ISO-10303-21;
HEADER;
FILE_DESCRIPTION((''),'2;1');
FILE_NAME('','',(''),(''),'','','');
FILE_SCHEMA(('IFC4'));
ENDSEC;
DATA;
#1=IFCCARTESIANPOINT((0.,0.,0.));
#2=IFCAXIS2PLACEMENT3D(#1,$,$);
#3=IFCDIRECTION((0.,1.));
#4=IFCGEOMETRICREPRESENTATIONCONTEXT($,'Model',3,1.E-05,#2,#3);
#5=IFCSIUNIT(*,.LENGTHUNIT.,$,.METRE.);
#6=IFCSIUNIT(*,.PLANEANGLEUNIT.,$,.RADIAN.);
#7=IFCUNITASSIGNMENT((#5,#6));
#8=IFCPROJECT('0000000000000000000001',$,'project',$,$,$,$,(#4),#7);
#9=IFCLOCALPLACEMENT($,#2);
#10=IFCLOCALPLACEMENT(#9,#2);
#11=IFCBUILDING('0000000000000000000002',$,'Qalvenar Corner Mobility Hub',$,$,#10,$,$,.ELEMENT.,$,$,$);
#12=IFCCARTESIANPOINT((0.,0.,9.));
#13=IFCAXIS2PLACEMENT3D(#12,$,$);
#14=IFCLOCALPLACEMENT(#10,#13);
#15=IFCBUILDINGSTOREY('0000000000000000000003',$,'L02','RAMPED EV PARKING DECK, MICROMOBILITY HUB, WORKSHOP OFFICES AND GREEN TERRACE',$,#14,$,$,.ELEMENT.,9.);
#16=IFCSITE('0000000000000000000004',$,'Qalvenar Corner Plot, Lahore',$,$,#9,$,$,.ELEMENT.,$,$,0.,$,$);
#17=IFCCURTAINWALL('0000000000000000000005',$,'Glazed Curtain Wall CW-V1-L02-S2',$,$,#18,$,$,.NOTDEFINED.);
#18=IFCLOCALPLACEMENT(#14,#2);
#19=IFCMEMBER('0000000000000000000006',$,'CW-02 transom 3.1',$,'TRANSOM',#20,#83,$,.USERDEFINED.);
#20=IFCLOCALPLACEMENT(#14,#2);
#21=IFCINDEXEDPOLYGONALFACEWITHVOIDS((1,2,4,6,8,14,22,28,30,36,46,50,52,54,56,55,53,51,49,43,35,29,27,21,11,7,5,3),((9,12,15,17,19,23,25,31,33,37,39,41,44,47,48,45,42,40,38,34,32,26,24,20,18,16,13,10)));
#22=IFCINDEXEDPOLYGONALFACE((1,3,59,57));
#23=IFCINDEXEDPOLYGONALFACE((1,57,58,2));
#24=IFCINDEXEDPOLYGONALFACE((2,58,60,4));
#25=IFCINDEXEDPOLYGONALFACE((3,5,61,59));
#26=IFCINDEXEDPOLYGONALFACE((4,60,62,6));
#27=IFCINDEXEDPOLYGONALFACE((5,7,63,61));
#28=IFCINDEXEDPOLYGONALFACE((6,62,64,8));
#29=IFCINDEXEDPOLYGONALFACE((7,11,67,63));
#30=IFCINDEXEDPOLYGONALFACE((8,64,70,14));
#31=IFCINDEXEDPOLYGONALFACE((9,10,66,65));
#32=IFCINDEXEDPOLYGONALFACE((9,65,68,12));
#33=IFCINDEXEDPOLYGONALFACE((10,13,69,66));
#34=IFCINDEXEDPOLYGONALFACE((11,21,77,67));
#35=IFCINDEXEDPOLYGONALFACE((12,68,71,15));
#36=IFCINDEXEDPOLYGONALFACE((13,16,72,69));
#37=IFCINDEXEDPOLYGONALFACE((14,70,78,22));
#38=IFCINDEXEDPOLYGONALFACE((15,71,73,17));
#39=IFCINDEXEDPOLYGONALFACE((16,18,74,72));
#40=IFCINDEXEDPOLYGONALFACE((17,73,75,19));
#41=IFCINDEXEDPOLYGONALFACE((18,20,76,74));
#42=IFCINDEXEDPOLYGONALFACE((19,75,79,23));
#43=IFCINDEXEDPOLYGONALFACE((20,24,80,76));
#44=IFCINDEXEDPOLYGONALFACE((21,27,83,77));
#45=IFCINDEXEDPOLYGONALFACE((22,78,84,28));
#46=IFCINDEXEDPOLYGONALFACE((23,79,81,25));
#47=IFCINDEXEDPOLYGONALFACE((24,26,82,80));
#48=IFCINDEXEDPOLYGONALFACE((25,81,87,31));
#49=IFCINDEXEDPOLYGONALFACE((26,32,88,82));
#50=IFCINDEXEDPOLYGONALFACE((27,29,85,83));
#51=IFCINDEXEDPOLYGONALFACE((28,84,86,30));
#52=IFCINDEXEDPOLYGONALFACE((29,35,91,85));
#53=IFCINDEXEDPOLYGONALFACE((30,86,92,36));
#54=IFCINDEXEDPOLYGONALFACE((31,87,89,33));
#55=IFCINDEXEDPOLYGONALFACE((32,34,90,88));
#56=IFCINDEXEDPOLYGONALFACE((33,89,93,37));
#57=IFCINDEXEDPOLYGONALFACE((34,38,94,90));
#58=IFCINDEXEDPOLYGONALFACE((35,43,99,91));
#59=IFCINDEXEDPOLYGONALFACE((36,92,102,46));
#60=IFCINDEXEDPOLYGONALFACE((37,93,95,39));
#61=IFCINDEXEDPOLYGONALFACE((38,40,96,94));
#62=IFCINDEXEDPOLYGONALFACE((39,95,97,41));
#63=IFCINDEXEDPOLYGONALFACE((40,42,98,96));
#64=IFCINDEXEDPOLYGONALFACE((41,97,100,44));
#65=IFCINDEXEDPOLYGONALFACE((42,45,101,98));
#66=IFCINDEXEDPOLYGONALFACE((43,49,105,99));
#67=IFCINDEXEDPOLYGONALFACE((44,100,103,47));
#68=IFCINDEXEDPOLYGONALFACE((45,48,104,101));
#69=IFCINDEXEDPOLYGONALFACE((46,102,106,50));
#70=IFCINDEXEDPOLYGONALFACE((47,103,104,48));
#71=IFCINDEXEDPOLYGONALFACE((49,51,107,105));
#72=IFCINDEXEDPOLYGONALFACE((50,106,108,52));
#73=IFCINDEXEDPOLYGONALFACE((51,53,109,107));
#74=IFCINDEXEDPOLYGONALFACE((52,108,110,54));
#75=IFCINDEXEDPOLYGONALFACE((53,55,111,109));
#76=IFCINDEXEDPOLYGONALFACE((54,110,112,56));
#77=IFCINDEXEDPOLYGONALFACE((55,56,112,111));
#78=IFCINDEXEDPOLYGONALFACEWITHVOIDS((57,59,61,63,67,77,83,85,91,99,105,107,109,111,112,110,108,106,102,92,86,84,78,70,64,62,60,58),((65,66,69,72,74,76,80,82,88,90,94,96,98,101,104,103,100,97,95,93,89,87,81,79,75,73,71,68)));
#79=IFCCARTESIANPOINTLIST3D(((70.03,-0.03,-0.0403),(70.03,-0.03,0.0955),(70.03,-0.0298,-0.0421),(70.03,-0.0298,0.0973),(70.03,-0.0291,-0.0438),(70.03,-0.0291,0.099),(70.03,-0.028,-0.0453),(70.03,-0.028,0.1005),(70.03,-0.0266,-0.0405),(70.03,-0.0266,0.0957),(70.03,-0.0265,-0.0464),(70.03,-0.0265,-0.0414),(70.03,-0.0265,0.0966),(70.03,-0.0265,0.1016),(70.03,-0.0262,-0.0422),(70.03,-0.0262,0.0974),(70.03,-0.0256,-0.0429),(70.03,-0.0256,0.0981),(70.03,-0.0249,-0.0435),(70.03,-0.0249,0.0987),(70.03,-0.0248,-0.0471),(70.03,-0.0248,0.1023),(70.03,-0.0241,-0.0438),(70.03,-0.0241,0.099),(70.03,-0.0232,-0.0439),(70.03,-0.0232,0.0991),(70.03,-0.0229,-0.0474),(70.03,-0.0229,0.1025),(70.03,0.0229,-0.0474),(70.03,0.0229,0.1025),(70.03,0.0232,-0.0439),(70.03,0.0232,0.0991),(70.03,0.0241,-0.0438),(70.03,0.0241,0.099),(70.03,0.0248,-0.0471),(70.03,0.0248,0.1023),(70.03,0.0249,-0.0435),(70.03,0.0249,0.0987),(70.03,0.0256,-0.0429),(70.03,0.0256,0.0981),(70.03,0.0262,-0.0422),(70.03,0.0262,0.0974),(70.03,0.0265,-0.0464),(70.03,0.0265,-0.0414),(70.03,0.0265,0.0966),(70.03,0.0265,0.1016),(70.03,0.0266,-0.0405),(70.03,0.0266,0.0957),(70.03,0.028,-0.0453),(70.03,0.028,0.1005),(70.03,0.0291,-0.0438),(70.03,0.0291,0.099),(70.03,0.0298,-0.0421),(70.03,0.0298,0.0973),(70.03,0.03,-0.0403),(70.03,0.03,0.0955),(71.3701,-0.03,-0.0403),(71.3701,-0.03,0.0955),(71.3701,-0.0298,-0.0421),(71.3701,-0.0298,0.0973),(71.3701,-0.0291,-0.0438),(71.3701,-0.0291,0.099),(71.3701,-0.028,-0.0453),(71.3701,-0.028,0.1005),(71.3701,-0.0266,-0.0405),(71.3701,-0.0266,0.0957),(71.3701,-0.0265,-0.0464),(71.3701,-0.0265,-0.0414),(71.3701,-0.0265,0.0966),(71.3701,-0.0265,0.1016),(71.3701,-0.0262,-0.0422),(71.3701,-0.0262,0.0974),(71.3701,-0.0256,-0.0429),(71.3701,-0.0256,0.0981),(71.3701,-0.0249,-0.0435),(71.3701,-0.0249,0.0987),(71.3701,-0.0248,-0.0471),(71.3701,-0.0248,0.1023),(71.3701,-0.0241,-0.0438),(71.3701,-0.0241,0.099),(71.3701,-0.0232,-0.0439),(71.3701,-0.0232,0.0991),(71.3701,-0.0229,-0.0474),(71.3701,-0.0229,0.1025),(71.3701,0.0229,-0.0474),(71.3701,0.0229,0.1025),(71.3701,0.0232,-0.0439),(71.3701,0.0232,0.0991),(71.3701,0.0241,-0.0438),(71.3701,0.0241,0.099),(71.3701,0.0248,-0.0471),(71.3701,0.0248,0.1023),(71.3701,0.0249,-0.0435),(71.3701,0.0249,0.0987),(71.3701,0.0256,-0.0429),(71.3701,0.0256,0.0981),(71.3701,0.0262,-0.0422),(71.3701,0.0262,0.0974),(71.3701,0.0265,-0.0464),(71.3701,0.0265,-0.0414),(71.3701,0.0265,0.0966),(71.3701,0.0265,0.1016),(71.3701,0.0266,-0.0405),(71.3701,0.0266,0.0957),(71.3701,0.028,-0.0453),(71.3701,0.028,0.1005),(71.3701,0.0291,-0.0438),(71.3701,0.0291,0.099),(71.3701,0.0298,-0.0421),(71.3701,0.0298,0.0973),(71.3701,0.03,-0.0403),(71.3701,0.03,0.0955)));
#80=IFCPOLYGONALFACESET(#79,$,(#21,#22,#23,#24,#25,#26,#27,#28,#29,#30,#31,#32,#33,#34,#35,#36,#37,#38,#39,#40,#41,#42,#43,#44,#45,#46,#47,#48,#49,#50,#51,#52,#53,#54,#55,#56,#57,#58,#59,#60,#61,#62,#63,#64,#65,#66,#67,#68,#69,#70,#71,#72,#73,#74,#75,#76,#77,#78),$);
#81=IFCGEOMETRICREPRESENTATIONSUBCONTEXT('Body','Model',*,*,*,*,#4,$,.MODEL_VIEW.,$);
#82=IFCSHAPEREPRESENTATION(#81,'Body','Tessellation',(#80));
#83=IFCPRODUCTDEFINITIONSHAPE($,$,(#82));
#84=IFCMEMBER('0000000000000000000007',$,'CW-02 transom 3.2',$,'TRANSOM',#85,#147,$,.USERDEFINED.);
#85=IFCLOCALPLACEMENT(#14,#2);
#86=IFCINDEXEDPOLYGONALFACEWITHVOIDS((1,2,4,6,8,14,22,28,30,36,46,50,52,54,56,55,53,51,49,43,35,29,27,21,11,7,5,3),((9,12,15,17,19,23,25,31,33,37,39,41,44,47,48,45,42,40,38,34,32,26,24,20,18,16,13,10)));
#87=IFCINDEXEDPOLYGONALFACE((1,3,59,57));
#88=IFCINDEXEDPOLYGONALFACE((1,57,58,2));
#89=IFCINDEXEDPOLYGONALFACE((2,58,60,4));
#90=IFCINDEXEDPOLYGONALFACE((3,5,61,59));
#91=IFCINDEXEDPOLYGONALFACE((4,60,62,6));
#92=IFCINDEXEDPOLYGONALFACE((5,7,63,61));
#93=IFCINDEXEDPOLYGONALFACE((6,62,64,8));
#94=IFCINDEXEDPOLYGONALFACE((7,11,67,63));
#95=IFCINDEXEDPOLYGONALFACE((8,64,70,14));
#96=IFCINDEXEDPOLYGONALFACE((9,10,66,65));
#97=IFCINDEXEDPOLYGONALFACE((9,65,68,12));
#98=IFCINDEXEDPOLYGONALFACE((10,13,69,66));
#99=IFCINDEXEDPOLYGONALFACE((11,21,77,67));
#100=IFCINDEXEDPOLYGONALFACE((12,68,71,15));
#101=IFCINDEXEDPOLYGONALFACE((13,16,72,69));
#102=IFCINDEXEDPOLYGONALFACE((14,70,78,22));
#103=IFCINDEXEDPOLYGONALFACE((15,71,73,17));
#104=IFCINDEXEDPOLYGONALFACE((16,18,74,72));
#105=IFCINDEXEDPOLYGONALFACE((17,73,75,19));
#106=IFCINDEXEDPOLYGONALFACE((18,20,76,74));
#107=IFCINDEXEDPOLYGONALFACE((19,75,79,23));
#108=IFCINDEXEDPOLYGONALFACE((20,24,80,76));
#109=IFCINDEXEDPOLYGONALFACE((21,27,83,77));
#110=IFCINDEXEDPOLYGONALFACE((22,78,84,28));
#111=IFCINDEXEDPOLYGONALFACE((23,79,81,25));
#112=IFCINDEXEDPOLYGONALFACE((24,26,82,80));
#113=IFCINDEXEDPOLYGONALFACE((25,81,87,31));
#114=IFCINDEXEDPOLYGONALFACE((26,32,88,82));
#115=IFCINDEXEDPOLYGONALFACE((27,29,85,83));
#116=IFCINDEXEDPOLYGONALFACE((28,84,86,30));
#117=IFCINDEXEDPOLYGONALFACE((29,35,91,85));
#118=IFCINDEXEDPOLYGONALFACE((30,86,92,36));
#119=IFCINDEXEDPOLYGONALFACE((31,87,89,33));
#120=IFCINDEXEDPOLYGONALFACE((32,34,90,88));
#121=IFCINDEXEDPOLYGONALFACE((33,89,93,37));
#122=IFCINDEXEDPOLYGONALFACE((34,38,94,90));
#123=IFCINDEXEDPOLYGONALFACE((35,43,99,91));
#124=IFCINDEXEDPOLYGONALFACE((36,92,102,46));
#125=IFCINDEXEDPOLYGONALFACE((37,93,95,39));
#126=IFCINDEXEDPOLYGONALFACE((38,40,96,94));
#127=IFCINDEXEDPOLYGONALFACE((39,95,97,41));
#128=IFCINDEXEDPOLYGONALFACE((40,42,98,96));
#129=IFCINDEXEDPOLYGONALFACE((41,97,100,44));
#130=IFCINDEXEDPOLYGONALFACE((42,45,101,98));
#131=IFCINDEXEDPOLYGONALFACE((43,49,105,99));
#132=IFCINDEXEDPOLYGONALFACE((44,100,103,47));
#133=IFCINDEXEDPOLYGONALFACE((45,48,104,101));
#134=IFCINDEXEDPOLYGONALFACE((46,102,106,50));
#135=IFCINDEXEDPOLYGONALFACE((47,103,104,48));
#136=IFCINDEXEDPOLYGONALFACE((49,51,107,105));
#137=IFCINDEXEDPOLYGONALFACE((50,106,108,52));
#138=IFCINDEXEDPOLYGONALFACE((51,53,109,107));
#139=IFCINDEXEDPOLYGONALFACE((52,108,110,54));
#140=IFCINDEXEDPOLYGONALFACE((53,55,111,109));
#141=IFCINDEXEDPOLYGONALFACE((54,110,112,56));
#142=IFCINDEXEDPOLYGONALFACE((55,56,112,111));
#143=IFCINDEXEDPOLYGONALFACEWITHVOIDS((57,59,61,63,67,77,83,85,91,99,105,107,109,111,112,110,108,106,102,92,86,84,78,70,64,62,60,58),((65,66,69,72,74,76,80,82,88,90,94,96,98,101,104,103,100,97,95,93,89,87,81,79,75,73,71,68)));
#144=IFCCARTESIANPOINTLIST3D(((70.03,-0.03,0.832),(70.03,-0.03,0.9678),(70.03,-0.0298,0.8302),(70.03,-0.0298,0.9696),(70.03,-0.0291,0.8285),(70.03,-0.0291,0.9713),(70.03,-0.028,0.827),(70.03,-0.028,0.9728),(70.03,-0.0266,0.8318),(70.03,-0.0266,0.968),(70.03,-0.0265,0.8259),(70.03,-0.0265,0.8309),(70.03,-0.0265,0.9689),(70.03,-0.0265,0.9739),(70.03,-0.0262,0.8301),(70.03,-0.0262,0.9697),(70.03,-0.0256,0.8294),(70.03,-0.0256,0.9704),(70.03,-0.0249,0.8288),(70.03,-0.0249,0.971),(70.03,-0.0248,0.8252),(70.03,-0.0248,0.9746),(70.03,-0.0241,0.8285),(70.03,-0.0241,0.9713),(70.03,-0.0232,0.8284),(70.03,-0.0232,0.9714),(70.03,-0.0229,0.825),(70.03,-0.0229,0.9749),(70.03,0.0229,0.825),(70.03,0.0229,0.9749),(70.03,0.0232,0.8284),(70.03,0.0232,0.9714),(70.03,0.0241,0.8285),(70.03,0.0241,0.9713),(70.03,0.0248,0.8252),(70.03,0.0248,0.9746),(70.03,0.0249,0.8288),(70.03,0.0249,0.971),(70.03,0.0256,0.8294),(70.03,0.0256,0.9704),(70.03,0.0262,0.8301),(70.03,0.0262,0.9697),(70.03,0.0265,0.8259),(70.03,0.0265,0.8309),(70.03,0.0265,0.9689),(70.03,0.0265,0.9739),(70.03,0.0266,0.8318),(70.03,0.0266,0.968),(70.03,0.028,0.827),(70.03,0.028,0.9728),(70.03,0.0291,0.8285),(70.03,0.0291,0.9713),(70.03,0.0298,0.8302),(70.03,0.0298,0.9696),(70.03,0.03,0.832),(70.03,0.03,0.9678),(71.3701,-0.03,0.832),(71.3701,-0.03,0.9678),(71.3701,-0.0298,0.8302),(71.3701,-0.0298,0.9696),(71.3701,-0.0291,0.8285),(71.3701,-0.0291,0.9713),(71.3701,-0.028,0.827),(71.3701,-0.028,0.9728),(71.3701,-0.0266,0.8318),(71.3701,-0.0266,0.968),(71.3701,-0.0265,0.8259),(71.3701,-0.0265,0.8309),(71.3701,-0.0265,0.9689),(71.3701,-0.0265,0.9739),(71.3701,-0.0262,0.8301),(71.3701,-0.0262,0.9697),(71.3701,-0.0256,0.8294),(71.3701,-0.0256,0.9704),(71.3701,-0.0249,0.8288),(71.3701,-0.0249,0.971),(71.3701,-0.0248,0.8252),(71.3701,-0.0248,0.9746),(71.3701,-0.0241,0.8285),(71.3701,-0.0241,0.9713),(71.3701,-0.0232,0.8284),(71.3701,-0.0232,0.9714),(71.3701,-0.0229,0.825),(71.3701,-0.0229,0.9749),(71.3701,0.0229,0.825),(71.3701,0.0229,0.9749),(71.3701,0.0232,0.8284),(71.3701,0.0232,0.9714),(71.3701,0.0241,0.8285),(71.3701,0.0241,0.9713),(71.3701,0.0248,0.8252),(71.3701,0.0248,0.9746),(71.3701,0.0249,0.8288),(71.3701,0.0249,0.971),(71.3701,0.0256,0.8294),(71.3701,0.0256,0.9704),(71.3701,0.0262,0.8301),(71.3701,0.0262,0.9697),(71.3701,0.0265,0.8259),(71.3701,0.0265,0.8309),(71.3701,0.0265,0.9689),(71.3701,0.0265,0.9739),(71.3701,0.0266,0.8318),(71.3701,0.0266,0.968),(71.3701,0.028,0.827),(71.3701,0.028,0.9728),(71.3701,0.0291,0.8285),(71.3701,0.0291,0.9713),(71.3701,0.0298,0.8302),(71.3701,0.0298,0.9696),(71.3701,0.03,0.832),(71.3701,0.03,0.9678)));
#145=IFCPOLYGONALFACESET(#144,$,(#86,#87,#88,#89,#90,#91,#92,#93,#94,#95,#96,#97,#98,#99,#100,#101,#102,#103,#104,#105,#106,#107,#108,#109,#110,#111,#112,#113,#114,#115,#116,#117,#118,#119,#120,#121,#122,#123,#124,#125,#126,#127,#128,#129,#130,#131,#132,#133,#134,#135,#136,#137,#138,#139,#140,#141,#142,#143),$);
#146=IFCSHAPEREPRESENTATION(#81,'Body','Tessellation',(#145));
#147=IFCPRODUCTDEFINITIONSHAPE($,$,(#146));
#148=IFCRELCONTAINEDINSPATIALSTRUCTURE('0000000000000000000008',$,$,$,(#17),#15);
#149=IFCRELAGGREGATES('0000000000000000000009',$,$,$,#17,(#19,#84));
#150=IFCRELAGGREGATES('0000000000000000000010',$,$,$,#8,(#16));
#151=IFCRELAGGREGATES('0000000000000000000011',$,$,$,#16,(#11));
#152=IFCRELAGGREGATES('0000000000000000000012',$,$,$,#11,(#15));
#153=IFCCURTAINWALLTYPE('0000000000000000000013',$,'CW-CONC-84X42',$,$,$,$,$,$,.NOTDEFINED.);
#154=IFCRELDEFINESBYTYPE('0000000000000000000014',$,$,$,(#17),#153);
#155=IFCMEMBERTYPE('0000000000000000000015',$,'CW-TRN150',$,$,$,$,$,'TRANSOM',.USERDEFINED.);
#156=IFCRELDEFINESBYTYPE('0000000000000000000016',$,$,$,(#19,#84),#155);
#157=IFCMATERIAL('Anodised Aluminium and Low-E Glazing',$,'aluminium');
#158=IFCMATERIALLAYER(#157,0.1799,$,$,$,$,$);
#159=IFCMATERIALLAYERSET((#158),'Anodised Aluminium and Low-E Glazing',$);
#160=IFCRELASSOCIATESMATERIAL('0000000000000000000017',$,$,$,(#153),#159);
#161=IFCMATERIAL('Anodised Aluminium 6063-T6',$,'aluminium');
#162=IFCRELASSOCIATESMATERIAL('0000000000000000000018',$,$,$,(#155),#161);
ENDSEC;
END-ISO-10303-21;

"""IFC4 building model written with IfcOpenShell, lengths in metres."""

from ifc_helpers import new_model, si_unit, direction, frame, origin, origin_2d, place, context, subcontext, project, spatial, hollow_rectangle, extrude, material, layer, layer_set, material_profile, profile_set, type_object, element, aggregate, save


model = new_model("IFC4")

# Units and contexts
model_context = context("Model", 3, precision=1e-05, world=origin(), true_north=direction((0.0, 1.0)))
body_context = subcontext(model_context, "Body", "Model", "MODEL_VIEW")
ifc_project = project(units=[si_unit("LENGTHUNIT", "METRE"), si_unit("PLANEANGLEUNIT", "RADIAN")], contexts=[model_context])

# Site, building, storey
site_placement = place(None, origin())
site = spatial("IfcSite", under=ifc_project, at=site_placement, Name="Qalvenar Corner Plot, Lahore", CompositionType="ELEMENT", RefElevation=0.0)
building_placement = place(site_placement, origin())
building = spatial("IfcBuilding", under=site, at=building_placement, Name="Qalvenar Corner Mobility Hub", CompositionType="ELEMENT")
storey_placement = place(building_placement, frame((0.0, 0.0, 9.0)))
storey = spatial("IfcBuildingStorey", under=building, at=storey_placement, Name="L02", Description="RAMPED EV PARKING DECK, MICROMOBILITY HUB, WORKSHOP OFFICES AND GREEN TERRACE", CompositionType="ELEMENT", Elevation=9.0)

# Curtain wall, members
ifc_material_1 = material(Name="Anodised Aluminium and Low-E Glazing", Category="aluminium")
ifc_layer_1 = layer(ifc_material_1, 0.1799)
ifc_layer_set_1 = layer_set([ifc_layer_1], Name="Anodised Aluminium and Low-E Glazing")
curtain_wall_type = type_object("IfcCurtainWallType", Name="CW-CONC-84X42", PredefinedType="NOTDEFINED", material=ifc_layer_set_1)
curtain_wall_placement = place(storey_placement, origin())
curtain_wall = element("IfcCurtainWall", 1, at=curtain_wall_placement, inside=storey, type_object=curtain_wall_type, Name="Glazed Curtain Wall CW-V1-L02-S2", PredefinedType="NOTDEFINED")
ifc_material_2 = material(Name="Anodised Aluminium 6063-T6", Category="aluminium")
ifc_material_profile_1 = material_profile(ifc_material_2, hollow_rectangle(XDim=0.0601, YDim=0.1499, WallThickness=0.0034, InnerFilletRadius=0.0034, OuterFilletRadius=0.0071, at=origin_2d()), Name="RHS150x60x3.5")
ifc_profile_set_1 = profile_set([ifc_material_profile_1], Name="Anodised Aluminium 6063-T6")
member_type_1 = type_object("IfcMemberType", Name="CW-TRN150", ElementType="TRANSOM", PredefinedType="USERDEFINED", material=ifc_profile_set_1)
member_1_placement = place(storey_placement, frame((70.03, 0.0, 0.0276), z_axis=(1.0, 0.0, 0.0), x_axis=(0.0, 1.0, 0.0)))
member_1 = element("IfcMember", 2, at=member_1_placement, type_object=member_type_1, Name="CW-02 transom 3.1", ObjectType="TRANSOM", PredefinedType="USERDEFINED", context=body_context, shape_type="SweptSolid", body=[
    extrude(hollow_rectangle(XDim=0.0601, YDim=0.1499, WallThickness=0.0034, InnerFilletRadius=0.0034, OuterFilletRadius=0.0071, at=origin_2d()), origin(), (0.0, 0.0, 1.0), 1.3401),
])
member_2_placement = place(storey_placement, frame((70.03, 0.0, 0.8999), z_axis=(1.0, 0.0, 0.0), x_axis=(0.0, 1.0, 0.0)))
member_2 = element("IfcMember", 3, at=member_2_placement, type_object=member_type_1, Name="CW-02 transom 3.2", ObjectType="TRANSOM", PredefinedType="USERDEFINED", context=body_context, shape_type="SweptSolid", body=[
    extrude(hollow_rectangle(XDim=0.0601, YDim=0.1499, WallThickness=0.0034, InnerFilletRadius=0.0034, OuterFilletRadius=0.0071, at=origin_2d()), origin(), (0.0, 0.0, 1.0), 1.3401),
])
aggregate(curtain_wall, [member_1, member_2])

save(model, "model.ifc")
